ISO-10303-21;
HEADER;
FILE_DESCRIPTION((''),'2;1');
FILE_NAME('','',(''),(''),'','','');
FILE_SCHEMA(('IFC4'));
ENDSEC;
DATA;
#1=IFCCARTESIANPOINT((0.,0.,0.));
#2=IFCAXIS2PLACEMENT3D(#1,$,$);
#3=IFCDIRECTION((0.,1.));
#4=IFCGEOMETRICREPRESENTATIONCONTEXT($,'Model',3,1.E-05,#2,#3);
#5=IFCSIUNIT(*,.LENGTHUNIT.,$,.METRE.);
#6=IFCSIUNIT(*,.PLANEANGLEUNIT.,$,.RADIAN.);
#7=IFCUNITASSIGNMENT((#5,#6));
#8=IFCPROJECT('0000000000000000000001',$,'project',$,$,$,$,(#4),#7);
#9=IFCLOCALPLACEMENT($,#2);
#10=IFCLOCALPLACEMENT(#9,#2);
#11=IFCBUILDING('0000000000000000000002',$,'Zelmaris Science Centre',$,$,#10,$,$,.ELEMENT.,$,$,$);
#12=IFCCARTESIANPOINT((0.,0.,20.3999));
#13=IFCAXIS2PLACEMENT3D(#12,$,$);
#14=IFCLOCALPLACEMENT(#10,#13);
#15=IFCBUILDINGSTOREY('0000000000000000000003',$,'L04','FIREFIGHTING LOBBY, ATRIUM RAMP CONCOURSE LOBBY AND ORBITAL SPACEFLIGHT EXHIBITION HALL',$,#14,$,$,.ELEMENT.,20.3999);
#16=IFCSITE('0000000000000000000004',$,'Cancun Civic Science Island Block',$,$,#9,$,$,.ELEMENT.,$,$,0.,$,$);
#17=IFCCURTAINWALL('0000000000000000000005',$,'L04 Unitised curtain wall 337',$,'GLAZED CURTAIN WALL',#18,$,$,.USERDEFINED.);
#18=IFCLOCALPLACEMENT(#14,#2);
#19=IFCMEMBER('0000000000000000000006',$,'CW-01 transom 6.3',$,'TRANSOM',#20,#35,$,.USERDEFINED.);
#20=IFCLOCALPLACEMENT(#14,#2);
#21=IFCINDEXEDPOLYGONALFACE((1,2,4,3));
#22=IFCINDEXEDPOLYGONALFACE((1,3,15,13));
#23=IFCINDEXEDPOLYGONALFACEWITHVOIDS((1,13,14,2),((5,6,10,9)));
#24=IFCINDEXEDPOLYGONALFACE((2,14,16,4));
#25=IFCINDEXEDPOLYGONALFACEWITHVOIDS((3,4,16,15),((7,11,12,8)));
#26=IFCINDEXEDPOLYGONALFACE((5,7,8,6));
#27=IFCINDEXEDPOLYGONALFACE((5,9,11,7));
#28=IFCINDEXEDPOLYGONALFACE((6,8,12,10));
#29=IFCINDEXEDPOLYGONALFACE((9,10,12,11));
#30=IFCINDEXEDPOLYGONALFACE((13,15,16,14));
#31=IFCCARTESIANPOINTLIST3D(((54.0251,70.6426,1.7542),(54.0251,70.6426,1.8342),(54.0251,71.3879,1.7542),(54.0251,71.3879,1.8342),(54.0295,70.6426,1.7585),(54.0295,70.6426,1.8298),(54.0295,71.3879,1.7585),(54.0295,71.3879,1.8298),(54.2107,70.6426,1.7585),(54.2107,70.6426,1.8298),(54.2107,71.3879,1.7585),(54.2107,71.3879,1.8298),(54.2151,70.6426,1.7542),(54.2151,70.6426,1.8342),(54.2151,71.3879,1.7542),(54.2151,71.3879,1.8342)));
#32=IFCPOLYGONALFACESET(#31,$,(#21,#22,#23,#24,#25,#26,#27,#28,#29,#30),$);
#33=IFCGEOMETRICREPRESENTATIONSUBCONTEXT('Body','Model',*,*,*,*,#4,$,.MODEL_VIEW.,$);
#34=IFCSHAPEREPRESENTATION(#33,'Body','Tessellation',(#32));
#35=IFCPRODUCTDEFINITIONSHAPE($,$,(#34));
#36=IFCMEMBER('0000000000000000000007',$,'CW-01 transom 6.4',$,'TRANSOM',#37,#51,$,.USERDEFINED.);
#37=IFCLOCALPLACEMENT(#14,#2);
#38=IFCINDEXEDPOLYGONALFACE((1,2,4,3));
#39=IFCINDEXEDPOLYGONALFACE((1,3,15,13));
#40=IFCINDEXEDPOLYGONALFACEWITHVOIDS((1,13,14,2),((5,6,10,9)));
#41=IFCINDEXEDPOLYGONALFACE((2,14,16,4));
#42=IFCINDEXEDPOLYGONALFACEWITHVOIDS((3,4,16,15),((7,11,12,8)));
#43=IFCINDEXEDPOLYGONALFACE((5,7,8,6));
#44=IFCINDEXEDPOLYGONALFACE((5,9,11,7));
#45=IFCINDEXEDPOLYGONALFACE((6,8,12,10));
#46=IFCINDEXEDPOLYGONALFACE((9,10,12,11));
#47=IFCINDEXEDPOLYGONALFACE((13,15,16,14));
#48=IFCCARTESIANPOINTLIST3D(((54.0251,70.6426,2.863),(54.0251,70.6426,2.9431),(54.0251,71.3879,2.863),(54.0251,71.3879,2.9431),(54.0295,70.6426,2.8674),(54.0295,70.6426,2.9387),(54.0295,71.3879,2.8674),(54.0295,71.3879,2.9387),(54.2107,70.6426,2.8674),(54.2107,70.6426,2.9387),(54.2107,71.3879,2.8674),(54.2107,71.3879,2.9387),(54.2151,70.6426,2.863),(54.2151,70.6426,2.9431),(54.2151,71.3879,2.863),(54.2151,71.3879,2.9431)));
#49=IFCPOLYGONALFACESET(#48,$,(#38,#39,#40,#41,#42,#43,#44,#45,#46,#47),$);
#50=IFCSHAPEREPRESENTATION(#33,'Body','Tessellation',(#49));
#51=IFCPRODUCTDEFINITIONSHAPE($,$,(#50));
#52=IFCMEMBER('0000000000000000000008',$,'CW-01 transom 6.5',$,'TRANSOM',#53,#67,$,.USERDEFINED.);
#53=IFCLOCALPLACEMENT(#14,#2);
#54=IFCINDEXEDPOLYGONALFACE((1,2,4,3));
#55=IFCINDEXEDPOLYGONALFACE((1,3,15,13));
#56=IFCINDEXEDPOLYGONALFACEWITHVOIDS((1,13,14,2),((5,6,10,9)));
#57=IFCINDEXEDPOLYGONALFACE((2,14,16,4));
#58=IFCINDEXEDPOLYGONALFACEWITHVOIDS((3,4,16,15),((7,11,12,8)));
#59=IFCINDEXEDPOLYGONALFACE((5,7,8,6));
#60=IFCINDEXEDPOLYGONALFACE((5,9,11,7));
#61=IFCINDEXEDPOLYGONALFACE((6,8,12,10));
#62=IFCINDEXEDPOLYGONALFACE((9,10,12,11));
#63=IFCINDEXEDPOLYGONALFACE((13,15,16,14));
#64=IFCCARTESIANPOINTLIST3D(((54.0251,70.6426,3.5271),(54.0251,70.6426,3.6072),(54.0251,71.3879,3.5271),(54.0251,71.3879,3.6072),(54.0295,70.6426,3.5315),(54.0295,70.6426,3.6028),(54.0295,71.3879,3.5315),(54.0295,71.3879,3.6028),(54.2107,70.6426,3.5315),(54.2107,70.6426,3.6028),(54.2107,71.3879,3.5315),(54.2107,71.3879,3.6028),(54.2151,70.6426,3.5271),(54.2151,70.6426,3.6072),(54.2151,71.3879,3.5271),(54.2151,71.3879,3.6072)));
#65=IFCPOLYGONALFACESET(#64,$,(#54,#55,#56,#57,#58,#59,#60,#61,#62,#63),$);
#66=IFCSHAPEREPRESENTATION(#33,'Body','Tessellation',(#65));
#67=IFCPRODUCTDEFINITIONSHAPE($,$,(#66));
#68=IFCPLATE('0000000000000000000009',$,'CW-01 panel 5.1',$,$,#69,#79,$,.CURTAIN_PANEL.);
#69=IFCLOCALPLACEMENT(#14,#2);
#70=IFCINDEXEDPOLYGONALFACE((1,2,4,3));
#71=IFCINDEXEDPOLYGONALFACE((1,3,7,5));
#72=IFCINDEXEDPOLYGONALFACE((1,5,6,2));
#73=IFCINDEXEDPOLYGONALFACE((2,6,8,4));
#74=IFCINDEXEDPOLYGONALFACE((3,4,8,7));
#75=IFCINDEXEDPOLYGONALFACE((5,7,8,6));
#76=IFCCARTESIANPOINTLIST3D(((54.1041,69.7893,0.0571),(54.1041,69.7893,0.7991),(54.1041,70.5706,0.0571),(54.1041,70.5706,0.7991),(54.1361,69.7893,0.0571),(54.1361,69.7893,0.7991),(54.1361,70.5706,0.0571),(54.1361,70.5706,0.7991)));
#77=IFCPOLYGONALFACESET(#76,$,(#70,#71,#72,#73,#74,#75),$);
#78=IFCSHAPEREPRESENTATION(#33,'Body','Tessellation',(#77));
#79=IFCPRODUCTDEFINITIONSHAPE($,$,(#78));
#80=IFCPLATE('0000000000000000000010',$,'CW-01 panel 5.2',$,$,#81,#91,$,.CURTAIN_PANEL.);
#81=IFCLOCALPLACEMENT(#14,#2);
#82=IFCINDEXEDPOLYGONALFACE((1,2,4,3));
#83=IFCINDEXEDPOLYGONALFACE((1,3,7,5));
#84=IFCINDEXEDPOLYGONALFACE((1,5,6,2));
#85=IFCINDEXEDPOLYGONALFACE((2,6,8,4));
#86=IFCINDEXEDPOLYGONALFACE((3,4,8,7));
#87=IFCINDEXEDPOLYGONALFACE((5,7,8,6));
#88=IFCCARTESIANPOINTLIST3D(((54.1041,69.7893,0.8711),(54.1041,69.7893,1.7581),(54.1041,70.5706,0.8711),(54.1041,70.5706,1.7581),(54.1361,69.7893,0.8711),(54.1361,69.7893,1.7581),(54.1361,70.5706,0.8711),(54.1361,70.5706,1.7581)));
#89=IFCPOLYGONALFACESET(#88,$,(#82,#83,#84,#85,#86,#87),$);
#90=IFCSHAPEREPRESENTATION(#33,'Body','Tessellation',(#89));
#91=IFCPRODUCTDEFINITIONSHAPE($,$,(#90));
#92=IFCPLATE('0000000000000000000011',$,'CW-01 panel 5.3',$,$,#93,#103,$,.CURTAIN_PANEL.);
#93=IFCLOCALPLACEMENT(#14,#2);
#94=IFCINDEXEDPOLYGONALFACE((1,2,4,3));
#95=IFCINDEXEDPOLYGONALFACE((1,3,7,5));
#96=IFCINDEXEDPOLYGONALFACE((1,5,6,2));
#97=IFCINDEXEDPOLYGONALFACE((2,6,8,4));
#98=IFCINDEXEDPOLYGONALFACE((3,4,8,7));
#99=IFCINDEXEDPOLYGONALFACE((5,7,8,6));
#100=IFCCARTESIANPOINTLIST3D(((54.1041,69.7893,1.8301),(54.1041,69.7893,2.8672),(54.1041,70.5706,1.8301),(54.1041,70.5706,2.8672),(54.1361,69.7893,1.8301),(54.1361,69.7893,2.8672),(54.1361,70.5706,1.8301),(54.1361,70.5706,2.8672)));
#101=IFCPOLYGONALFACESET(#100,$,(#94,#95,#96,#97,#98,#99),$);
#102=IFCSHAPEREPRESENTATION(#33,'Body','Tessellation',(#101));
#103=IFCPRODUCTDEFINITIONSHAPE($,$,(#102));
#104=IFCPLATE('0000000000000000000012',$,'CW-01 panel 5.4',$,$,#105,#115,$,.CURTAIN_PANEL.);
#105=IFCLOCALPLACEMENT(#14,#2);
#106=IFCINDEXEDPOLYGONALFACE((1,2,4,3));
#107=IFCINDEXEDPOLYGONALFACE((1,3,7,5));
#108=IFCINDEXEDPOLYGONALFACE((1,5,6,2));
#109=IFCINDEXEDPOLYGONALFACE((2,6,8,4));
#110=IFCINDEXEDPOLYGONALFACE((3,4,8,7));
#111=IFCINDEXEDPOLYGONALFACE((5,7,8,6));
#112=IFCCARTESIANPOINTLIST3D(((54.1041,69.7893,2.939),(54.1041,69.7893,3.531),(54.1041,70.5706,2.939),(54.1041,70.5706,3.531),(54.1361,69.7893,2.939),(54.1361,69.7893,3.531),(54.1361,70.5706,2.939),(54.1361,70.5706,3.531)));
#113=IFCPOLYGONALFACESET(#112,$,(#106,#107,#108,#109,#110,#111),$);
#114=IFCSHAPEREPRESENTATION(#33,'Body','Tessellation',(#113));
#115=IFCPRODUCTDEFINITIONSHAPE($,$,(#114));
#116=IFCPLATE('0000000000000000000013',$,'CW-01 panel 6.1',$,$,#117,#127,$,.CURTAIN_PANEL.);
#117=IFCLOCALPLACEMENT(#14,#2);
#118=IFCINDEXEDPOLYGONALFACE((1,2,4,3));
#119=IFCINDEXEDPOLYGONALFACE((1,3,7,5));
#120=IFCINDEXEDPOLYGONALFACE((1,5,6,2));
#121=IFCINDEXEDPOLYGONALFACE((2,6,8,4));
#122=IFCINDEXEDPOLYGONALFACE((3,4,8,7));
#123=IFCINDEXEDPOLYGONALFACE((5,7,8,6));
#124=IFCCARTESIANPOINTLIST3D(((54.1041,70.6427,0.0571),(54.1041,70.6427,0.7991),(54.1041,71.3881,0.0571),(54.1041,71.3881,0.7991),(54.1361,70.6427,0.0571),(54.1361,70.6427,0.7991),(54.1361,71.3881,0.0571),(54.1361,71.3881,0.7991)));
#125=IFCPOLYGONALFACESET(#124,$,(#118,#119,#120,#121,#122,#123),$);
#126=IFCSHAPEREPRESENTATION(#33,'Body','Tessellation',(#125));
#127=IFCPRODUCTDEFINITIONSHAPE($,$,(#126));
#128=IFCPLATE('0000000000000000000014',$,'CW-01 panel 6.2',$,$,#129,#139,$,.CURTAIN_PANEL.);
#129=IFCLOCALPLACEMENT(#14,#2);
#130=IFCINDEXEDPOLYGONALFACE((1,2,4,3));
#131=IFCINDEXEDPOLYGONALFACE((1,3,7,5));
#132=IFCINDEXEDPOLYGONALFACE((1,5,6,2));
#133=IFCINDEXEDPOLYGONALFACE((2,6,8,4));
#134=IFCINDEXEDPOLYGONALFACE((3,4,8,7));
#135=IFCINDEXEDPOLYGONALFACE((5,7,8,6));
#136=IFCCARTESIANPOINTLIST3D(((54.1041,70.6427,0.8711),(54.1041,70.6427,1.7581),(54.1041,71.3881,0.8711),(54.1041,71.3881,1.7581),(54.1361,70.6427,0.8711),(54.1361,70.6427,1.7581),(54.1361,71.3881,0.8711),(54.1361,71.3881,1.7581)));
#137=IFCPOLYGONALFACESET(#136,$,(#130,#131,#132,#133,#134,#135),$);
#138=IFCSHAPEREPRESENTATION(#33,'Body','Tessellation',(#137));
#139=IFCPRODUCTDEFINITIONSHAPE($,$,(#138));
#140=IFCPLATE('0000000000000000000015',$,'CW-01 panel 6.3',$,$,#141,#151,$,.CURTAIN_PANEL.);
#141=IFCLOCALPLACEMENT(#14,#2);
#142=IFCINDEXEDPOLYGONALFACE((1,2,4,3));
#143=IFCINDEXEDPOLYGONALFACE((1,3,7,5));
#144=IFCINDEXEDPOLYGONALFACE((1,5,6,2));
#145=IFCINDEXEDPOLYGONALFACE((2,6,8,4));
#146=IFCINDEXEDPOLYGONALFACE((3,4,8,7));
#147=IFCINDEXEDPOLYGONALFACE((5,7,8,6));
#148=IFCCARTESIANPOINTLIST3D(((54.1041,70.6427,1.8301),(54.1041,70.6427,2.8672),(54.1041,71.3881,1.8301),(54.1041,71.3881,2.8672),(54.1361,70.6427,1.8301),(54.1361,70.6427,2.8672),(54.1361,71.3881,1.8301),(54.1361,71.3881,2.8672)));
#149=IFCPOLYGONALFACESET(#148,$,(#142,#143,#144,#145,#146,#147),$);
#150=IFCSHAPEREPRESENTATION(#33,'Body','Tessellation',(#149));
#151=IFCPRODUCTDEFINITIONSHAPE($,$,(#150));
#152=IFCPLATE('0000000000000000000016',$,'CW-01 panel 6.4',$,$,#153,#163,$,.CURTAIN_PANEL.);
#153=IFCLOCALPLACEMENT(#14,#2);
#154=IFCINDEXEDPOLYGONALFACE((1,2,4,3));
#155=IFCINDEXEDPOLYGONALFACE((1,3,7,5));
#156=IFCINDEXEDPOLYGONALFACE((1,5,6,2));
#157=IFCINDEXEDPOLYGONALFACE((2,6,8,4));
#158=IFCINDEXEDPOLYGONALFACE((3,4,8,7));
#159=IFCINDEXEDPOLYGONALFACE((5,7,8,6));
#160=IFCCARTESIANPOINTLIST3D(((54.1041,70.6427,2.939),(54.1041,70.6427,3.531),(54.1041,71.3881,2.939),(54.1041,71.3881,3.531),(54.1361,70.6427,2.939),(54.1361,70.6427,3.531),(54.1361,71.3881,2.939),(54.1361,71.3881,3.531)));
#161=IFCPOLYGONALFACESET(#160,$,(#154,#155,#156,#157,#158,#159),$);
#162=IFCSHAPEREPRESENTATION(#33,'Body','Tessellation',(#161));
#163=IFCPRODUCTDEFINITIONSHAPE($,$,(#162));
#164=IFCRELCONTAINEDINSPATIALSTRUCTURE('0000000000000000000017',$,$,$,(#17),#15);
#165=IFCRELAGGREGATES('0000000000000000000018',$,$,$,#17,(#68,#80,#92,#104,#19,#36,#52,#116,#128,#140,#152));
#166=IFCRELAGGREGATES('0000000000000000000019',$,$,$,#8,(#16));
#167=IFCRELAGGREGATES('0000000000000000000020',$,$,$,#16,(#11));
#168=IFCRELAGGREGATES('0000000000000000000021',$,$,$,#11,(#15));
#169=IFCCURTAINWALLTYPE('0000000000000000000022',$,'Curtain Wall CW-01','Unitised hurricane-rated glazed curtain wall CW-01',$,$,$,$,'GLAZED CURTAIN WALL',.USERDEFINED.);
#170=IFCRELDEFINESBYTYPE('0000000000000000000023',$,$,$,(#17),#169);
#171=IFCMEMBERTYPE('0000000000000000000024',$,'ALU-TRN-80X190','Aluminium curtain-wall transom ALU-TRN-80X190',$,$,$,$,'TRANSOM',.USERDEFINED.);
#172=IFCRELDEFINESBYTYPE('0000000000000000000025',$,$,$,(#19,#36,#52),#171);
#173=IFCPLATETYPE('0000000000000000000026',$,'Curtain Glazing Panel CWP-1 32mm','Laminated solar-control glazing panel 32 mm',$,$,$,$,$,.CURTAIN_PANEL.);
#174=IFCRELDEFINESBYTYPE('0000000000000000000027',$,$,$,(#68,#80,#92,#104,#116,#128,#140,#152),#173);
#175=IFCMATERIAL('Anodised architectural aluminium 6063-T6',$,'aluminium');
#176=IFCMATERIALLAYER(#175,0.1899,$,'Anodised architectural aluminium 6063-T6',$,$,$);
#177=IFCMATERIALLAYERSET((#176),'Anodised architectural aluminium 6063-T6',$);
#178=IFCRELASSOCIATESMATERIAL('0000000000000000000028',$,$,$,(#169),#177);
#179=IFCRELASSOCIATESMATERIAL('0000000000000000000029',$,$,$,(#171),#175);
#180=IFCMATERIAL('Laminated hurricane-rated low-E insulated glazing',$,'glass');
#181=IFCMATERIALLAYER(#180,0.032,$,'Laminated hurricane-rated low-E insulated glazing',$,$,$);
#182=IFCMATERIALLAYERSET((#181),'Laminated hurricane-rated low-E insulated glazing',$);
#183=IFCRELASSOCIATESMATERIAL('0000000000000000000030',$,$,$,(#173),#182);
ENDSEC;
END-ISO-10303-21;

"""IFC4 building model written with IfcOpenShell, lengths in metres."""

from ifc_helpers import new_model, si_unit, direction, frame, origin, origin_2d, place, context, subcontext, project, spatial, rectangle, hollow_rectangle, extrude, material, layer, layer_set, material_profile, profile_set, type_object, element, aggregate, save


model = new_model("IFC4")

# Units and contexts
model_context = context("Model", 3, precision=1e-05, world=origin(), true_north=direction((0.0, 1.0)))
body_context = subcontext(model_context, "Body", "Model", "MODEL_VIEW")
ifc_project = project(units=[si_unit("LENGTHUNIT", "METRE"), si_unit("PLANEANGLEUNIT", "RADIAN")], contexts=[model_context])

# Site, building, storey
site_placement = place(None, origin())
site = spatial("IfcSite", under=ifc_project, at=site_placement, Name="Cancun Civic Science Island Block", CompositionType="ELEMENT", RefElevation=0.0)
building_placement = place(site_placement, origin())
building = spatial("IfcBuilding", under=site, at=building_placement, Name="Zelmaris Science Centre", CompositionType="ELEMENT")
storey_placement = place(building_placement, frame((0.0, 0.0, 20.3999)))
storey = spatial("IfcBuildingStorey", under=building, at=storey_placement, Name="L04", Description="FIREFIGHTING LOBBY, ATRIUM RAMP CONCOURSE LOBBY AND ORBITAL SPACEFLIGHT EXHIBITION HALL", CompositionType="ELEMENT", Elevation=20.3999)

# Shared definitions
ifc_material_1 = material(Name="Anodised architectural aluminium 6063-T6", Category="aluminium")

# Curtain wall, members, plates
ifc_layer_1 = layer(ifc_material_1, 0.1899, Name="Anodised architectural aluminium 6063-T6")
ifc_layer_set_1 = layer_set([ifc_layer_1], Name="Anodised architectural aluminium 6063-T6")
curtain_wall_type_1 = type_object("IfcCurtainWallType", Name="Curtain Wall CW-01", Description="Unitised hurricane-rated glazed curtain wall CW-01", ElementType="GLAZED CURTAIN WALL", PredefinedType="USERDEFINED", material=ifc_layer_set_1)
curtain_wall_1_placement = place(storey_placement, origin())
curtain_wall_1 = element("IfcCurtainWall", 1, at=curtain_wall_1_placement, inside=storey, type_object=curtain_wall_type_1, Name="L04 Unitised curtain wall 337", ObjectType="GLAZED CURTAIN WALL", PredefinedType="USERDEFINED")
ifc_material_profile_1 = material_profile(ifc_material_1, hollow_rectangle(XDim=0.0801, YDim=0.1899, WallThickness=0.0044, at=origin_2d()), Name="ALU-TRN-80X190")
ifc_profile_set_1 = profile_set([ifc_material_profile_1], Name="Anodised architectural aluminium 6063-T6")
member_type_1 = type_object("IfcMemberType", Name="ALU-TRN-80X190", Description="Aluminium curtain-wall transom ALU-TRN-80X190", ElementType="TRANSOM", PredefinedType="USERDEFINED", material=ifc_profile_set_1)
member_1_placement = place(storey_placement, frame((54.1201, 70.6426, 1.7942), z_axis=(0.0, 1.0, 0.0), x_axis=(0.0, 0.0, 1.0)))
member_1 = element("IfcMember", 2, at=member_1_placement, type_object=member_type_1, Name="CW-01 transom 6.3", ObjectType="TRANSOM", PredefinedType="USERDEFINED", context=body_context, shape_type="SweptSolid", body=[
    extrude(hollow_rectangle(XDim=0.0801, YDim=0.1899, WallThickness=0.0044, at=origin_2d()), origin(), (0.0, 0.0, 1.0), 0.7454),
])
member_2_placement = place(storey_placement, frame((54.1201, 70.6426, 2.9031), z_axis=(0.0, 1.0, 0.0), x_axis=(0.0, 0.0, 1.0)))
member_2 = element("IfcMember", 3, at=member_2_placement, type_object=member_type_1, Name="CW-01 transom 6.4", ObjectType="TRANSOM", PredefinedType="USERDEFINED", context=body_context, shape_type="SweptSolid", body=[
    extrude(hollow_rectangle(XDim=0.0801, YDim=0.1899, WallThickness=0.0044, at=origin_2d()), origin(), (0.0, 0.0, 1.0), 0.7454),
])
member_3_placement = place(storey_placement, frame((54.1201, 70.6426, 3.5671), z_axis=(0.0, 1.0, 0.0), x_axis=(0.0, 0.0, 1.0)))
member_3 = element("IfcMember", 4, at=member_3_placement, type_object=member_type_1, Name="CW-01 transom 6.5", ObjectType="TRANSOM", PredefinedType="USERDEFINED", context=body_context, shape_type="SweptSolid", body=[
    extrude(hollow_rectangle(XDim=0.0801, YDim=0.1899, WallThickness=0.0044, at=origin_2d()), origin(), (0.0, 0.0, 1.0), 0.7454),
])
ifc_material_2 = material(Name="Laminated hurricane-rated low-E insulated glazing", Category="glass")
ifc_layer_2 = layer(ifc_material_2, 0.032, Name="Laminated hurricane-rated low-E insulated glazing")
ifc_layer_set_2 = layer_set([ifc_layer_2], Name="Laminated hurricane-rated low-E insulated glazing")
plate_type = type_object("IfcPlateType", Name="Curtain Glazing Panel CWP-1 32mm", Description="Laminated solar-control glazing panel 32 mm", PredefinedType="CURTAIN_PANEL", material=ifc_layer_set_2)
plate_1_placement = place(storey_placement, frame((54.1201, 70.1799, 0.0571), z_axis=(0.0, 0.0, 1.0), x_axis=(0.0, 1.0, 0.0)))
plate_1 = element("IfcPlate", 5, at=plate_1_placement, type_object=plate_type, Name="CW-01 panel 5.1", PredefinedType="CURTAIN_PANEL", context=body_context, shape_type="SweptSolid", body=[
    extrude(rectangle(XDim=0.7812, YDim=0.032, at=origin_2d()), origin(), (0.0, 0.0, 1.0), 0.7419),
])
plate_2_placement = place(storey_placement, frame((54.1201, 70.1799, 0.8711), z_axis=(0.0, 0.0, 1.0), x_axis=(0.0, 1.0, 0.0)))
plate_2 = element("IfcPlate", 6, at=plate_2_placement, type_object=plate_type, Name="CW-01 panel 5.2", PredefinedType="CURTAIN_PANEL", context=body_context, shape_type="SweptSolid", body=[
    extrude(rectangle(XDim=0.7812, YDim=0.032, at=origin_2d()), origin(), (0.0, 0.0, 1.0), 0.887),
])
plate_3_placement = place(storey_placement, frame((54.1201, 70.1799, 1.8301), z_axis=(0.0, 0.0, 1.0), x_axis=(0.0, 1.0, 0.0)))
plate_3 = element("IfcPlate", 7, at=plate_3_placement, type_object=plate_type, Name="CW-01 panel 5.3", PredefinedType="CURTAIN_PANEL", context=body_context, shape_type="SweptSolid", body=[
    extrude(rectangle(XDim=0.7812, YDim=0.032, at=origin_2d()), origin(), (0.0, 0.0, 1.0), 1.0371),
])
plate_4_placement = place(storey_placement, frame((54.1201, 70.1799, 2.939), z_axis=(0.0, 0.0, 1.0), x_axis=(0.0, 1.0, 0.0)))
plate_4 = element("IfcPlate", 8, at=plate_4_placement, type_object=plate_type, Name="CW-01 panel 5.4", PredefinedType="CURTAIN_PANEL", context=body_context, shape_type="SweptSolid", body=[
    extrude(rectangle(XDim=0.7812, YDim=0.032, at=origin_2d()), origin(), (0.0, 0.0, 1.0), 0.592),
])
plate_5_placement = place(storey_placement, frame((54.1201, 71.0154, 0.0571), z_axis=(0.0, 0.0, 1.0), x_axis=(0.0, 1.0, 0.0)))
plate_5 = element("IfcPlate", 9, at=plate_5_placement, type_object=plate_type, Name="CW-01 panel 6.1", PredefinedType="CURTAIN_PANEL", context=body_context, shape_type="SweptSolid", body=[
    extrude(rectangle(XDim=0.7454, YDim=0.032, at=origin_2d()), origin(), (0.0, 0.0, 1.0), 0.7419),
])
plate_6_placement = place(storey_placement, frame((54.1201, 71.0154, 0.8711), z_axis=(0.0, 0.0, 1.0), x_axis=(0.0, 1.0, 0.0)))
plate_6 = element("IfcPlate", 10, at=plate_6_placement, type_object=plate_type, Name="CW-01 panel 6.2", PredefinedType="CURTAIN_PANEL", context=body_context, shape_type="SweptSolid", body=[
    extrude(rectangle(XDim=0.7454, YDim=0.032, at=origin_2d()), origin(), (0.0, 0.0, 1.0), 0.887),
])
plate_7_placement = place(storey_placement, frame((54.1201, 71.0154, 1.8301), z_axis=(0.0, 0.0, 1.0), x_axis=(0.0, 1.0, 0.0)))
plate_7 = element("IfcPlate", 11, at=plate_7_placement, type_object=plate_type, Name="CW-01 panel 6.3", PredefinedType="CURTAIN_PANEL", context=body_context, shape_type="SweptSolid", body=[
    extrude(rectangle(XDim=0.7454, YDim=0.032, at=origin_2d()), origin(), (0.0, 0.0, 1.0), 1.0371),
])
plate_8_placement = place(storey_placement, frame((54.1201, 71.0154, 2.939), z_axis=(0.0, 0.0, 1.0), x_axis=(0.0, 1.0, 0.0)))
plate_8 = element("IfcPlate", 12, at=plate_8_placement, type_object=plate_type, Name="CW-01 panel 6.4", PredefinedType="CURTAIN_PANEL", context=body_context, shape_type="SweptSolid", body=[
    extrude(rectangle(XDim=0.7454, YDim=0.032, at=origin_2d()), origin(), (0.0, 0.0, 1.0), 0.592),
])
aggregate(curtain_wall_1, [plate_1, plate_2, plate_3, plate_4, member_1, member_2, member_3, plate_5, plate_6, plate_7, plate_8])

save(model, "model.ifc")
